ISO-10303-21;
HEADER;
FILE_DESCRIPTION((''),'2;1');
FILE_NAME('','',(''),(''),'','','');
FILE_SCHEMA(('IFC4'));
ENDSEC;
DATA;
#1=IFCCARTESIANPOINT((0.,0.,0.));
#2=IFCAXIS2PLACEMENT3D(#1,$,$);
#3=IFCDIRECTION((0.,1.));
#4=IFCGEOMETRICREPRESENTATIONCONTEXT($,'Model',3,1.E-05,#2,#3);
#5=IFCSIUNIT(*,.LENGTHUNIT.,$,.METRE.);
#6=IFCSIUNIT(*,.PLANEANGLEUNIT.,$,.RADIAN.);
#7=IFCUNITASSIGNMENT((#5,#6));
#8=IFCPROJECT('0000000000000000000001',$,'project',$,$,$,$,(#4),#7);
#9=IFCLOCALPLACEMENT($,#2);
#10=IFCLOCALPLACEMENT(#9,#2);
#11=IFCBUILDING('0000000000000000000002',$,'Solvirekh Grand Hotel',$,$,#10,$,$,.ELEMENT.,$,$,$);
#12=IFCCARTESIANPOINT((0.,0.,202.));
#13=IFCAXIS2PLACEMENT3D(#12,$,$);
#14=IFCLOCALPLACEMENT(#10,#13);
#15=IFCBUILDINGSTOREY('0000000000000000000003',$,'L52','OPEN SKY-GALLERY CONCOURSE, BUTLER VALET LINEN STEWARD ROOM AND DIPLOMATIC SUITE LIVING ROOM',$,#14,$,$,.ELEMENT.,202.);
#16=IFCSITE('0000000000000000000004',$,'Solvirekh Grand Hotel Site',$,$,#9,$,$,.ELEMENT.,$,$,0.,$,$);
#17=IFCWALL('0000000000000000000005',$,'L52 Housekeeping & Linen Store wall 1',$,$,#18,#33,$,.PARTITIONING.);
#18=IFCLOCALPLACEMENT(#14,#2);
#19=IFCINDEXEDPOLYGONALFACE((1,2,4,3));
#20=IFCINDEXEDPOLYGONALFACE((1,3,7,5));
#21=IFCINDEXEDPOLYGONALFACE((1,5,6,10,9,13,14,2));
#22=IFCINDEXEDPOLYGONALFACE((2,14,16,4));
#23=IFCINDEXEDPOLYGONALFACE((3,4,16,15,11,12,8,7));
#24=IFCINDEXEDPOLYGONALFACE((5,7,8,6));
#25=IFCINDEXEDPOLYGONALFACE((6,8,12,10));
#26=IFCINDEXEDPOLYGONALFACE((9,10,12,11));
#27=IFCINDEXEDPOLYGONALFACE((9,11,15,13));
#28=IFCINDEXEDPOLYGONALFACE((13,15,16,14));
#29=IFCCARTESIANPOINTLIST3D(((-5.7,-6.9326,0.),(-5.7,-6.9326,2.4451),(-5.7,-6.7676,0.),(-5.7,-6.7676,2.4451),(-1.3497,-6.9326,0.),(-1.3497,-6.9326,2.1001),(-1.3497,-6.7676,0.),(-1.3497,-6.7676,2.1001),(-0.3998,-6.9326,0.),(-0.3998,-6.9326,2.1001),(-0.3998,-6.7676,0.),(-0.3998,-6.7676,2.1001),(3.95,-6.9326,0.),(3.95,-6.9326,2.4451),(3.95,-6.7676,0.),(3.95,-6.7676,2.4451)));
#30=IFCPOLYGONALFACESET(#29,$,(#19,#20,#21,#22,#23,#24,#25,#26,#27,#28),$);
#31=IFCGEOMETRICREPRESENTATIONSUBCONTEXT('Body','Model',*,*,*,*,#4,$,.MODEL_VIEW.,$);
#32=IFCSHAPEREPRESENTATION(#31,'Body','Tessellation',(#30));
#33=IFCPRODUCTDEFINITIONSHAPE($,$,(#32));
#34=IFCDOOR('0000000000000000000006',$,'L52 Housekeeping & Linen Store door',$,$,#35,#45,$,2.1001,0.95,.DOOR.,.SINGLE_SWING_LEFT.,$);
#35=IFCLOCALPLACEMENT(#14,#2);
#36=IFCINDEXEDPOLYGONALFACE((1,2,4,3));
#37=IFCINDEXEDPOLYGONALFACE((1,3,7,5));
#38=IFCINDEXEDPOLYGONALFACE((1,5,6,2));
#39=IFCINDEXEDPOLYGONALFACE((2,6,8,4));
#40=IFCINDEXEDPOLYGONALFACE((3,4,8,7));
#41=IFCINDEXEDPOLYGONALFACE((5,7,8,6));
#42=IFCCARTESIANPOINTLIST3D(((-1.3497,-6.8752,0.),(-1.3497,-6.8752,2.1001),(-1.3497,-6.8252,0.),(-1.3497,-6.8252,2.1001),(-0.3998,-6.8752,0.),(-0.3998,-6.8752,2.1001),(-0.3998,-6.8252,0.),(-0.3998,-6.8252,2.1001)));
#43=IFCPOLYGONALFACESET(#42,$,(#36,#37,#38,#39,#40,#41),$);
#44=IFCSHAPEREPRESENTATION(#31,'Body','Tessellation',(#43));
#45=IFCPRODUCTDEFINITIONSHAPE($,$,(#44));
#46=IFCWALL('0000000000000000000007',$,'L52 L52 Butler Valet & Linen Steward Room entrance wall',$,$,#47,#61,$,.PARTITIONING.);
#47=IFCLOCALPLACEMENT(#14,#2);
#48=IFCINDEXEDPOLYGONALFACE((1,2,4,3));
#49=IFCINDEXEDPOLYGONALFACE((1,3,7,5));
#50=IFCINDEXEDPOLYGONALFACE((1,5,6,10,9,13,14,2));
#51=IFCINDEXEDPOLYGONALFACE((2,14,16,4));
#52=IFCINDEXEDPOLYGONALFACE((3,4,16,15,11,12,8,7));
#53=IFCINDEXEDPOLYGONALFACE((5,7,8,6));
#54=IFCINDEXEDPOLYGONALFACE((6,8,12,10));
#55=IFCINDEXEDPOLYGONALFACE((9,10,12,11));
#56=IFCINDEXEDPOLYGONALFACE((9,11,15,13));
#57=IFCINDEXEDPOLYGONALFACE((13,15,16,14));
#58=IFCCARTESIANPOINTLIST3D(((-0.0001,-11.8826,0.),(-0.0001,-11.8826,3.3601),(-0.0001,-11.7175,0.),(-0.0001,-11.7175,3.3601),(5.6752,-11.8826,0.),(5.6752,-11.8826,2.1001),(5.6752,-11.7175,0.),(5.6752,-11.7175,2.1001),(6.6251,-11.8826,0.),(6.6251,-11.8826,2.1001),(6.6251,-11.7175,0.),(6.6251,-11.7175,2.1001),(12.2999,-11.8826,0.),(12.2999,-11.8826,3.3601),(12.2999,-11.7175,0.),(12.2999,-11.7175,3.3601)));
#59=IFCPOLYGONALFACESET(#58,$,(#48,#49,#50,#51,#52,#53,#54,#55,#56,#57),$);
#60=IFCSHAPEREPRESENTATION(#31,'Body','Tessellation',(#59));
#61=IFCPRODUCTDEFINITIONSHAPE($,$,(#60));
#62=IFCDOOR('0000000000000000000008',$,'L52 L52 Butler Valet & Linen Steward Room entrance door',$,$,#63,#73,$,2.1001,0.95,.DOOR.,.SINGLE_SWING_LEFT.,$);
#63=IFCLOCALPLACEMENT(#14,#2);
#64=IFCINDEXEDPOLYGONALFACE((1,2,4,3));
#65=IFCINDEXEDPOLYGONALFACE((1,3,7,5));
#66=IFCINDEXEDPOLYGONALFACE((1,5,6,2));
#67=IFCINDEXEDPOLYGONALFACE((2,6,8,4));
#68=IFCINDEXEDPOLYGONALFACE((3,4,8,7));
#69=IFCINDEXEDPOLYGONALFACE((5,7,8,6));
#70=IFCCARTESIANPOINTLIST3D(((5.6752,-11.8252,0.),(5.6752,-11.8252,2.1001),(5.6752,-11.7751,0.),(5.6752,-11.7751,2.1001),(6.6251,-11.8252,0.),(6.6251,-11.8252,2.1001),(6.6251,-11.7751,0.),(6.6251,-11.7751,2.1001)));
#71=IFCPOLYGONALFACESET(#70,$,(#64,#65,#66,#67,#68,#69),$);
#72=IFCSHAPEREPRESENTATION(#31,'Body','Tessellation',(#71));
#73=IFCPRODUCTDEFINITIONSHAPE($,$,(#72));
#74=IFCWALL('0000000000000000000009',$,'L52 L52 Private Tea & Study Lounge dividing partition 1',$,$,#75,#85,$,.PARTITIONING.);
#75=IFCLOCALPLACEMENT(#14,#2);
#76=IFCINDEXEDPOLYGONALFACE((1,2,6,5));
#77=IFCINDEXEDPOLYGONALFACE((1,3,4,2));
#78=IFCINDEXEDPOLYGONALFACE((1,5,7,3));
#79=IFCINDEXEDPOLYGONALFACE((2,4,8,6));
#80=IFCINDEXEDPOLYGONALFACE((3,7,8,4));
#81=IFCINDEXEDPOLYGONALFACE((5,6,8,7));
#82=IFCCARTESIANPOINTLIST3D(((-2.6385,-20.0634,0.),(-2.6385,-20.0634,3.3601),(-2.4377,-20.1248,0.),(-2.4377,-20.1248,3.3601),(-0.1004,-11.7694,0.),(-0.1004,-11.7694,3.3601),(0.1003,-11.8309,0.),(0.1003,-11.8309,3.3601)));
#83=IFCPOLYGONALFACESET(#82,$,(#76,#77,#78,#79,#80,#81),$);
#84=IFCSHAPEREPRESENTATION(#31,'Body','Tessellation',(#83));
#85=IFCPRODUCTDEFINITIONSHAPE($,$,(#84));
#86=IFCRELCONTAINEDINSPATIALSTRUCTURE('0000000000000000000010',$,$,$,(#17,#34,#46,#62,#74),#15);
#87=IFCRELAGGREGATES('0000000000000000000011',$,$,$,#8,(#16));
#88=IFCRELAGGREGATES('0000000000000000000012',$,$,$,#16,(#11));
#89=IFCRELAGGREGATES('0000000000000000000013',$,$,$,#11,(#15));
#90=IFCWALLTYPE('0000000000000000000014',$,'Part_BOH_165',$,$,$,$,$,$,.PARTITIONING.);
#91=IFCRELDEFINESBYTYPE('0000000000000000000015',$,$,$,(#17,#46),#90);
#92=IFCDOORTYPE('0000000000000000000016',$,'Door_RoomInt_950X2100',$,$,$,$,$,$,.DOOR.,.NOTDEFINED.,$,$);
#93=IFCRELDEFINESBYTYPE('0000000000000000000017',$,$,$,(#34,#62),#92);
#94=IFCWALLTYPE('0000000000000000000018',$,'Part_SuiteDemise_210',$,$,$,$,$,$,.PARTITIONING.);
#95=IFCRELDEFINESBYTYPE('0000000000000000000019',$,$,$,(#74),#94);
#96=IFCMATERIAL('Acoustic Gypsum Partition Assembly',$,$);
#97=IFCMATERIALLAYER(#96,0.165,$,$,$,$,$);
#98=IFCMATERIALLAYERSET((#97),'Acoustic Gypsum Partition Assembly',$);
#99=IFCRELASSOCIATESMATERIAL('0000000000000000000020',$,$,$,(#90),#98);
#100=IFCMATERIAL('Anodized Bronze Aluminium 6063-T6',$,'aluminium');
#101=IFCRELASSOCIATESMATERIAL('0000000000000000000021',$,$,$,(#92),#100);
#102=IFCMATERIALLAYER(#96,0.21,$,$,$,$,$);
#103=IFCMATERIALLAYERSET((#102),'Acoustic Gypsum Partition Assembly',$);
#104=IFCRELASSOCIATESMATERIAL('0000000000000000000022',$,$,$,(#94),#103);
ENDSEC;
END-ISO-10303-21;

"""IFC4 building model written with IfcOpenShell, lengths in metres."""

from ifc_helpers import new_model, si_unit, direction, frame, frame_2d, origin, place, context, subcontext, project, spatial, rectangle, extrude, material, layer, layer_set, type_object, element, fill, save


model = new_model("IFC4")

# Units and contexts
model_context = context("Model", 3, precision=1e-05, world=origin(), true_north=direction((0.0, 1.0)))
body_context = subcontext(model_context, "Body", "Model", "MODEL_VIEW")
ifc_project = project(units=[si_unit("LENGTHUNIT", "METRE"), si_unit("PLANEANGLEUNIT", "RADIAN")], contexts=[model_context])

# Site, building, storey
site_placement = place(None, origin())
site = spatial("IfcSite", under=ifc_project, at=site_placement, Name="Solvirekh Grand Hotel Site", CompositionType="ELEMENT", RefElevation=0.0)
building_placement = place(site_placement, origin())
building = spatial("IfcBuilding", under=site, at=building_placement, Name="Solvirekh Grand Hotel", CompositionType="ELEMENT")
storey_placement = place(building_placement, frame((0.0, 0.0, 202.0)))
storey = spatial("IfcBuildingStorey", under=building, at=storey_placement, Name="L52", Description="OPEN SKY-GALLERY CONCOURSE, BUTLER VALET LINEN STEWARD ROOM AND DIPLOMATIC SUITE LIVING ROOM", CompositionType="ELEMENT", Elevation=202.0)

# Shared definitions
ifc_material_1 = material(Name="Anodized Bronze Aluminium 6063-T6", Category="aluminium")

# Walls, openings, doors
ifc_material_2 = material(Name="Acoustic Gypsum Partition Assembly")
ifc_layer_1 = layer(ifc_material_2, 0.165)
ifc_layer_set_1 = layer_set([ifc_layer_1], Name="Acoustic Gypsum Partition Assembly")
wall_type_1 = type_object("IfcWallType", Name="Part_BOH_165", PredefinedType="PARTITIONING", material=ifc_layer_set_1)
wall_1_placement = place(storey_placement, frame((-5.7, -6.8501, 0.0), z_axis=(0.0, 0.0, 1.0), x_axis=(1.0, 0.0, 0.0)))
wall_1 = element("IfcWall", 1, at=wall_1_placement, inside=storey, type_object=wall_type_1, Name="L52 Housekeeping & Linen Store wall 1", PredefinedType="PARTITIONING", context=body_context, shape_type="SweptSolid", body=[
    extrude(rectangle(XDim=9.6499, YDim=0.165, at=frame_2d((4.825, 0.0))), origin(), (0.0, 0.0, 1.0), 2.4451),
])
opening_1_placement = place(wall_1_placement, frame((4.3501, 0.0, 0.0)))
opening_1 = element("IfcOpeningElement", 2, at=opening_1_placement, cuts=wall_1, PredefinedType="OPENING", context=body_context, shape_type="SweptSolid", body=[
    extrude(rectangle(XDim=0.95, YDim=2.1001, at=frame_2d((0.4751, 1.05))), frame((0.0, 0.0925, 0.0), z_axis=(0.0, -1.0, 0.0), x_axis=(1.0, 0.0, 0.0)), (0.0, 0.0, 1.0), 0.1851),
])
door_type = type_object("IfcDoorType", Name="Door_RoomInt_950X2100", OperationType="NOTDEFINED", PredefinedType="DOOR", material=ifc_material_1)
door_1_placement = place(opening_1_placement, origin())
door_1 = element("IfcDoor", 3, at=door_1_placement, inside=storey, type_object=door_type, Name="L52 Housekeeping & Linen Store door", OperationType="SINGLE_SWING_LEFT", OverallHeight=2.1001, OverallWidth=0.95, PredefinedType="DOOR", context=body_context, shape_type="SweptSolid", body=[
    extrude(rectangle(XDim=0.95, YDim=2.1001, at=frame_2d((0.4751, 1.05))), frame((0.0, 0.0249, 0.0), z_axis=(0.0, -1.0, 0.0), x_axis=(1.0, 0.0, 0.0)), (0.0, 0.0, 1.0), 0.05),
])
fill(opening_1, door_1)
wall_2_placement = place(storey_placement, frame((0.0, -11.8, 0.0), z_axis=(0.0, 0.0, 1.0), x_axis=(1.0, 0.0, 0.0)))
wall_2 = element("IfcWall", 4, at=wall_2_placement, inside=storey, type_object=wall_type_1, Name="L52 L52 Butler Valet & Linen Steward Room entrance wall", PredefinedType="PARTITIONING", context=body_context, shape_type="SweptSolid", body=[
    extrude(rectangle(XDim=12.3, YDim=0.165, at=frame_2d((6.1499, 0.0))), origin(), (0.0, 0.0, 1.0), 3.3601),
])
opening_2_placement = place(wall_2_placement, frame((5.675, 0.0, 0.0)))
opening_2 = element("IfcOpeningElement", 5, at=opening_2_placement, cuts=wall_2, PredefinedType="OPENING", context=body_context, shape_type="SweptSolid", body=[
    extrude(rectangle(XDim=0.95, YDim=2.1001, at=frame_2d((0.4751, 1.05))), frame((0.0, 0.0925, 0.0), z_axis=(0.0, -1.0, 0.0), x_axis=(1.0, 0.0, 0.0)), (0.0, 0.0, 1.0), 0.1851),
])
door_2_placement = place(opening_2_placement, origin())
door_2 = element("IfcDoor", 6, at=door_2_placement, inside=storey, type_object=door_type, Name="L52 L52 Butler Valet & Linen Steward Room entrance door", OperationType="SINGLE_SWING_LEFT", OverallHeight=2.1001, OverallWidth=0.95, PredefinedType="DOOR", context=body_context, shape_type="SweptSolid", body=[
    extrude(rectangle(XDim=0.95, YDim=2.1001, at=frame_2d((0.4751, 1.05))), frame((0.0, 0.0249, 0.0), z_axis=(0.0, -1.0, 0.0), x_axis=(1.0, 0.0, 0.0)), (0.0, 0.0, 1.0), 0.05),
])
fill(opening_2, door_2)

# Wall
ifc_layer_2 = layer(ifc_material_2, 0.21)
ifc_layer_set_2 = layer_set([ifc_layer_2], Name="Acoustic Gypsum Partition Assembly")
wall_type_2 = type_object("IfcWallType", Name="Part_SuiteDemise_210", PredefinedType="PARTITIONING", material=ifc_layer_set_2)
wall_3_placement = place(storey_placement, frame((0.0, -11.8, 0.0), z_axis=(0.0, 0.0, 1.0), x_axis=(-0.292622, -0.956228, 0.0)))
element("IfcWall", 7, at=wall_3_placement, inside=storey, type_object=wall_type_2, Name="L52 L52 Private Tea & Study Lounge dividing partition 1", PredefinedType="PARTITIONING", context=body_context, shape_type="SweptSolid", body=[
    extrude(rectangle(XDim=8.6736, YDim=0.21, at=frame_2d((4.3369, 0.0))), origin(), (0.0, 0.0, 1.0), 3.3601),
])

save(model, "model.ifc")
